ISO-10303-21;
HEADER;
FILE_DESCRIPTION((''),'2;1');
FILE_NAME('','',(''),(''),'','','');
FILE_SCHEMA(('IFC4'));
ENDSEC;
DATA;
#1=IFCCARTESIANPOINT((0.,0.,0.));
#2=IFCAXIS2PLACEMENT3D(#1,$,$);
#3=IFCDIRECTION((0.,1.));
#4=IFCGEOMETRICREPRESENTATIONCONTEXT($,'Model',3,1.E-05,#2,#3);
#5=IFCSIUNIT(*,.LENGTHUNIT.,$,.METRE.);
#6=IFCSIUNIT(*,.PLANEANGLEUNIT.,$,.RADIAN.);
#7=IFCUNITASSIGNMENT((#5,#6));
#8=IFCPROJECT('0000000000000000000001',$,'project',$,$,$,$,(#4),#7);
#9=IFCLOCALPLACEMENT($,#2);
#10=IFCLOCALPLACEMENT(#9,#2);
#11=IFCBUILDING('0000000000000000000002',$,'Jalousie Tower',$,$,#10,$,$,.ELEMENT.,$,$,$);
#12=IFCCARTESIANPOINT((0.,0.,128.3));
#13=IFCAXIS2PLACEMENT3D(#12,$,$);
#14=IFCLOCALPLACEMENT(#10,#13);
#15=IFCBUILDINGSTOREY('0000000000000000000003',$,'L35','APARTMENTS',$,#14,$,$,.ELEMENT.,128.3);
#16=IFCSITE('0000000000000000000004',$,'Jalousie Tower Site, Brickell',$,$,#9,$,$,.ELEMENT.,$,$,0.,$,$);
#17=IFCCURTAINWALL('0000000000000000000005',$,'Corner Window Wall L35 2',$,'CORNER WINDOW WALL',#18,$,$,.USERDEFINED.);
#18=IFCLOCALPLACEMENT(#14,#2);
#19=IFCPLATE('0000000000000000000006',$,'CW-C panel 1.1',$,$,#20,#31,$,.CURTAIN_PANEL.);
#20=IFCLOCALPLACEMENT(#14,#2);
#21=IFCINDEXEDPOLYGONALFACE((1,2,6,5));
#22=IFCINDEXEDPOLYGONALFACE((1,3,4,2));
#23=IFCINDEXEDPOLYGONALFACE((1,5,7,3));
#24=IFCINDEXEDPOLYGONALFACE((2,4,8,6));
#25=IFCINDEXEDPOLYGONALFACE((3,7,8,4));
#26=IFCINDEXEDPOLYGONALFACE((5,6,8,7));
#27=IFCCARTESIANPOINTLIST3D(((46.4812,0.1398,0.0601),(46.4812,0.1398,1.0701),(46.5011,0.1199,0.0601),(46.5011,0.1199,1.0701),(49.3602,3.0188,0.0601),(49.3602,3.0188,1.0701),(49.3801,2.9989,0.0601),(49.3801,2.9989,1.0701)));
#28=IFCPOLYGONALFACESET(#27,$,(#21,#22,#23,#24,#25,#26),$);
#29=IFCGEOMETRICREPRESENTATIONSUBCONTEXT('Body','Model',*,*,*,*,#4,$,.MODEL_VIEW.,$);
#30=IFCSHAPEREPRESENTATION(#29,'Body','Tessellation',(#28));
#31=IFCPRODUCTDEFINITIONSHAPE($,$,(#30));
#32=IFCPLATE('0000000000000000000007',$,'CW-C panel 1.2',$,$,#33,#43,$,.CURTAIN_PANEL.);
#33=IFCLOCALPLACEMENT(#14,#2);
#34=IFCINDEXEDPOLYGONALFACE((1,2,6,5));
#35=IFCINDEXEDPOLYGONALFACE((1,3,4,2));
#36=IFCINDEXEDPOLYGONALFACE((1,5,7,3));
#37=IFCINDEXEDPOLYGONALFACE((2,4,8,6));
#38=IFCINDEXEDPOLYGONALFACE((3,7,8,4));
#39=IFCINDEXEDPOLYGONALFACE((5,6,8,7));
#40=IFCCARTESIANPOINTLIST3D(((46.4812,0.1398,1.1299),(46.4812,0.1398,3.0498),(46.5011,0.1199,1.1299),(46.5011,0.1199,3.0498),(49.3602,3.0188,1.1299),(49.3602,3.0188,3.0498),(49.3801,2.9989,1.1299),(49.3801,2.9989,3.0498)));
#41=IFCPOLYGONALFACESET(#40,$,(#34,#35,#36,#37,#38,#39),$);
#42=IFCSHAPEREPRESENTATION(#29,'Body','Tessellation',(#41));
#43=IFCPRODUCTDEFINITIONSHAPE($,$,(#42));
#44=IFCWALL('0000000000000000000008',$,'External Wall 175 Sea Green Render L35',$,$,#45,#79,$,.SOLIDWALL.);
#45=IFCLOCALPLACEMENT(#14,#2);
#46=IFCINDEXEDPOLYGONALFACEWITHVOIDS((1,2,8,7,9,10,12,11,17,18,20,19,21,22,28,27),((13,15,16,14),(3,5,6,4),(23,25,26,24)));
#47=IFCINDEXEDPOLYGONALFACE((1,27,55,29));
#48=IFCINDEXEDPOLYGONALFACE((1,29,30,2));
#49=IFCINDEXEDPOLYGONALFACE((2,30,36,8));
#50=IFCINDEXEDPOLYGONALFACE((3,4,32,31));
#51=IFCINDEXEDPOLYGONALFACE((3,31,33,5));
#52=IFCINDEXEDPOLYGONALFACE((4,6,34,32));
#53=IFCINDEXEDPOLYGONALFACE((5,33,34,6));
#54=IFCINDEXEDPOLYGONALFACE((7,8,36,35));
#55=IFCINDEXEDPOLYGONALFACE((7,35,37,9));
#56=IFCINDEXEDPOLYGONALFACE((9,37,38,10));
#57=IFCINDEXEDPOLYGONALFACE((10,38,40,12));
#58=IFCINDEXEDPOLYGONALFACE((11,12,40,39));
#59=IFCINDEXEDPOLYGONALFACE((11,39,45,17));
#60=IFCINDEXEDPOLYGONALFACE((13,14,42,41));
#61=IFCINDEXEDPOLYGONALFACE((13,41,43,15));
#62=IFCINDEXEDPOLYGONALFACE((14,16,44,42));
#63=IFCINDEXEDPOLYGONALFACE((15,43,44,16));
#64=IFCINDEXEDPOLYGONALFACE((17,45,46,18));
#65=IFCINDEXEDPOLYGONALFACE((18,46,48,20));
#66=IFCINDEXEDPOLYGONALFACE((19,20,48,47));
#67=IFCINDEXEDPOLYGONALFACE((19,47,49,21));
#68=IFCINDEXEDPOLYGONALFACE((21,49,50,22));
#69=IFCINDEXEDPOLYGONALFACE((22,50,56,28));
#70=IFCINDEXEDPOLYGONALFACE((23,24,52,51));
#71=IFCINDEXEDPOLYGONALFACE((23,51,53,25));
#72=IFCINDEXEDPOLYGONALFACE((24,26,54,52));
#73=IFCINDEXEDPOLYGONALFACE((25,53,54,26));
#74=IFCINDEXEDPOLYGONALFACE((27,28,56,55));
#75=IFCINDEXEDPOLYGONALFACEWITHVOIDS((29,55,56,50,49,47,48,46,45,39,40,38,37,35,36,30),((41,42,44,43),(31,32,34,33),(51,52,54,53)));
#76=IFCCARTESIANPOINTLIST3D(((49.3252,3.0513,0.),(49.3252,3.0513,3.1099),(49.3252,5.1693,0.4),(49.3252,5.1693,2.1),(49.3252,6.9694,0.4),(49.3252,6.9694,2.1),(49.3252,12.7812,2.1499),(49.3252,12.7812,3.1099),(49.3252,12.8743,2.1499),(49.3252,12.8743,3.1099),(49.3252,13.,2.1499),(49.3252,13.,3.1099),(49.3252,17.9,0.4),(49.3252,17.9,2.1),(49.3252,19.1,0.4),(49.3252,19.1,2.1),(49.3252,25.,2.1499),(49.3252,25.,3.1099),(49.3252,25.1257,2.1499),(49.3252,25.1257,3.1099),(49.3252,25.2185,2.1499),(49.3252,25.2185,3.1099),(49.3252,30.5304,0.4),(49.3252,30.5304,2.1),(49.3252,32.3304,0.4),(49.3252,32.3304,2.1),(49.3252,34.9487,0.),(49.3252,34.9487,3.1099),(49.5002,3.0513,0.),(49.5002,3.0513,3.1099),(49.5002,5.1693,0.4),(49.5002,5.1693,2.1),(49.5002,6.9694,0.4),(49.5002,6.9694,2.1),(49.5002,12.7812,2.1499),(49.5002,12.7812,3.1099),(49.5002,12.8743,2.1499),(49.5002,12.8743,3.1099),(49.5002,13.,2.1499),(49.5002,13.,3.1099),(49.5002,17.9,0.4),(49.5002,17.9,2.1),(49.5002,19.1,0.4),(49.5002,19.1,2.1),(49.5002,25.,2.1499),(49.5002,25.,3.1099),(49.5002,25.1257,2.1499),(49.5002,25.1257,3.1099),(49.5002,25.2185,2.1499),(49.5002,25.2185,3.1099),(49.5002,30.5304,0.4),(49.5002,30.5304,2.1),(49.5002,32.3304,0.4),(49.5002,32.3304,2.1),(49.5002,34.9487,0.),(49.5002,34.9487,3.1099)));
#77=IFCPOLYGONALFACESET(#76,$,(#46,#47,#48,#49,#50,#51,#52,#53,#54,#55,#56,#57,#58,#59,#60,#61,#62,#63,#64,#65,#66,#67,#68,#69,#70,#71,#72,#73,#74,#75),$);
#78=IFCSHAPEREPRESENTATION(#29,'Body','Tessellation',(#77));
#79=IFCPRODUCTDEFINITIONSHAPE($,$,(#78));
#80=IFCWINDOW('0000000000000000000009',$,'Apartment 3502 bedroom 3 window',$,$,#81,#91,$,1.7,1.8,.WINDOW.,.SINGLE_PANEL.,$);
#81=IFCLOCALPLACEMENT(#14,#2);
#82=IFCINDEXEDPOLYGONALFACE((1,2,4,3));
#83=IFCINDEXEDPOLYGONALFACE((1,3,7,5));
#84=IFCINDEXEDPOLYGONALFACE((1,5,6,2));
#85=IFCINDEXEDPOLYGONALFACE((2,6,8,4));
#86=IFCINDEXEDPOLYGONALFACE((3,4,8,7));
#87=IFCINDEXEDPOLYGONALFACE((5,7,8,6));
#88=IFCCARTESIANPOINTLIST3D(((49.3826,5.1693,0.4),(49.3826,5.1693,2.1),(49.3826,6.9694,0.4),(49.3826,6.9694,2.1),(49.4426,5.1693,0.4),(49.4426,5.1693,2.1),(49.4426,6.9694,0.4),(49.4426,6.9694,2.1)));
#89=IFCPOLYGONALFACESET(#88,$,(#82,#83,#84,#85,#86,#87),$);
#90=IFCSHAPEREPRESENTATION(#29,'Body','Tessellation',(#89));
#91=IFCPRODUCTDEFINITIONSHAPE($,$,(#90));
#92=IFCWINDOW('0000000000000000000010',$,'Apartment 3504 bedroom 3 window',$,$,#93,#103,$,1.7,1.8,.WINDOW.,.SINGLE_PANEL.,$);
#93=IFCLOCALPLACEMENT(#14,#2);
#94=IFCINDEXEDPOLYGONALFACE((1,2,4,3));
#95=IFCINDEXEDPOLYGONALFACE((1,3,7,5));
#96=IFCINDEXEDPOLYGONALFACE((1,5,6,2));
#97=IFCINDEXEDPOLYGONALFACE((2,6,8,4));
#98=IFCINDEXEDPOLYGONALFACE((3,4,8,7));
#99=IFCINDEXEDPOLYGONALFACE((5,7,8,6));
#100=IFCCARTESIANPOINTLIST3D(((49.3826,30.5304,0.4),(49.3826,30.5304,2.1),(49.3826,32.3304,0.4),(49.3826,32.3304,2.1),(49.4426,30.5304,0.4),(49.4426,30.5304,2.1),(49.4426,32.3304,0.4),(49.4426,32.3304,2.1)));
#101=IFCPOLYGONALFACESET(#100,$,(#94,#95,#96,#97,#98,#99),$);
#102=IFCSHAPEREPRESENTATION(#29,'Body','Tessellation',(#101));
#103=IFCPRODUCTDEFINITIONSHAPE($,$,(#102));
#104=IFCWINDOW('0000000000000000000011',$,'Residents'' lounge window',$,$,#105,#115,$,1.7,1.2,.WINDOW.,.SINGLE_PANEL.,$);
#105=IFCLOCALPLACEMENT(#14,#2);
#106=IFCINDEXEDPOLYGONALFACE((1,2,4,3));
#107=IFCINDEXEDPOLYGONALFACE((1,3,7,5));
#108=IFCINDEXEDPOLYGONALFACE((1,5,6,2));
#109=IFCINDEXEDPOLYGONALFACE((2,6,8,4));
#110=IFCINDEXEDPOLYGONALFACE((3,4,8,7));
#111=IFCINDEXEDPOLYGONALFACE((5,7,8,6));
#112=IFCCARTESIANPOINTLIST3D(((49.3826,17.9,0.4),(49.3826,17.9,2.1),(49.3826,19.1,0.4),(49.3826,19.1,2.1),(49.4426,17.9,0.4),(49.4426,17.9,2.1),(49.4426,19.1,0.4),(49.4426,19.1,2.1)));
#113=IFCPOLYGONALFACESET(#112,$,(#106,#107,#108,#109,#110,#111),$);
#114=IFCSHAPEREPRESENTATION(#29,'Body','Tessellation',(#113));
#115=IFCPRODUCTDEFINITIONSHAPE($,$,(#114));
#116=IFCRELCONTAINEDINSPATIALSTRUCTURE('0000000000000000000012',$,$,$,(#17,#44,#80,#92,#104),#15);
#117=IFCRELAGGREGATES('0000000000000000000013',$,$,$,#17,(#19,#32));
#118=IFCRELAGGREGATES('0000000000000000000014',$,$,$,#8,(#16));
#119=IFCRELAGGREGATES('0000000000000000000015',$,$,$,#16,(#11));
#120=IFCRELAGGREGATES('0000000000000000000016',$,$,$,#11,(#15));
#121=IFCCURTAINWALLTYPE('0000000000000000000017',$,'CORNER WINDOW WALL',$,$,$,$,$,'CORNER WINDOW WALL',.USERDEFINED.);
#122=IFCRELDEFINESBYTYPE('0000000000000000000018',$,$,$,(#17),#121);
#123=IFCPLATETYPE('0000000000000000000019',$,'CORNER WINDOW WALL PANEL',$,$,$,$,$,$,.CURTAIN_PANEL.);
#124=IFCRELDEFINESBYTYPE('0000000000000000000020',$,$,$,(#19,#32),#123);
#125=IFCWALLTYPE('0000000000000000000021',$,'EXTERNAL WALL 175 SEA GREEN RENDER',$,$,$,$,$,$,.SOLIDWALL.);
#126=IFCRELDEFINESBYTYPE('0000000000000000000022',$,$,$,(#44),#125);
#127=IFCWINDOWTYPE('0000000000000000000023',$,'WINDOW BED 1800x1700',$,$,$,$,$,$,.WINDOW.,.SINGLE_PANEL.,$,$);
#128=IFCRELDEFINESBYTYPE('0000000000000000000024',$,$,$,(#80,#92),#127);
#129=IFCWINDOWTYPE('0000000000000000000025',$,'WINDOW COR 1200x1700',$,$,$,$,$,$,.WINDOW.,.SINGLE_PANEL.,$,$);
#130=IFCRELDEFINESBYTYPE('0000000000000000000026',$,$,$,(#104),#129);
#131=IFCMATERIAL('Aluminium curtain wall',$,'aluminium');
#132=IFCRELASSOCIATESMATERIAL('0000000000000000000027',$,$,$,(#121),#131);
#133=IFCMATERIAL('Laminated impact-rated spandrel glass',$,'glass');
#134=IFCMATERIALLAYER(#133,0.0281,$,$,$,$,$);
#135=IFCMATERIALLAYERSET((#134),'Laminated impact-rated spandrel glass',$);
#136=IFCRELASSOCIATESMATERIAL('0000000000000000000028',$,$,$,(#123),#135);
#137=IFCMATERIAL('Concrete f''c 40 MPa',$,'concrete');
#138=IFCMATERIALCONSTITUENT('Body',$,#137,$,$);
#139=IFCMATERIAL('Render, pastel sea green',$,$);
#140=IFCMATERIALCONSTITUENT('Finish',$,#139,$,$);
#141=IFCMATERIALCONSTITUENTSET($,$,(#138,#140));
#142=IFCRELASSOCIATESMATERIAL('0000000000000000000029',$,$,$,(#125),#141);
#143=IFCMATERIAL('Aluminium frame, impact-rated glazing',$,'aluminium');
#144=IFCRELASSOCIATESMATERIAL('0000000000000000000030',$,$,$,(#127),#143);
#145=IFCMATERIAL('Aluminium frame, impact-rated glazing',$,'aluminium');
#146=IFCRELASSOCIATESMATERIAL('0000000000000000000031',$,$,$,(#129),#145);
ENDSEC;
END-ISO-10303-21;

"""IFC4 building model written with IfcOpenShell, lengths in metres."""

from ifc_helpers import new_model, si_unit, direction, frame, frame_2d, origin, origin_2d, place, context, subcontext, project, spatial, polyline, rectangle, outline, extrude, material, layer, layer_set, constituent, constituent_set, type_object, element, fill, aggregate, save


model = new_model("IFC4")

# Units and contexts
model_context = context("Model", 3, precision=1e-05, world=origin(), true_north=direction((0.0, 1.0)))
body_context = subcontext(model_context, "Body", "Model", "MODEL_VIEW")
ifc_project = project(units=[si_unit("LENGTHUNIT", "METRE"), si_unit("PLANEANGLEUNIT", "RADIAN")], contexts=[model_context])

# Site, building, storey
site_placement = place(None, origin())
site = spatial("IfcSite", under=ifc_project, at=site_placement, Name="Jalousie Tower Site, Brickell", CompositionType="ELEMENT", RefElevation=0.0)
building_placement = place(site_placement, origin())
building = spatial("IfcBuilding", under=site, at=building_placement, Name="Jalousie Tower", CompositionType="ELEMENT")
storey_placement = place(building_placement, frame((0.0, 0.0, 128.3)))
storey = spatial("IfcBuildingStorey", under=building, at=storey_placement, Name="L35", Description="APARTMENTS", CompositionType="ELEMENT", Elevation=128.3)

# Curtain wall
ifc_material_1 = material(Name="Aluminium curtain wall", Category="aluminium")
curtain_wall_type_1 = type_object("IfcCurtainWallType", Name="CORNER WINDOW WALL", ElementType="CORNER WINDOW WALL", PredefinedType="USERDEFINED", material=ifc_material_1)
curtain_wall_1_placement = place(storey_placement, origin())
curtain_wall_1 = element("IfcCurtainWall", 1, at=curtain_wall_1_placement, inside=storey, type_object=curtain_wall_type_1, Name="Corner Window Wall L35 2", ObjectType="CORNER WINDOW WALL", PredefinedType="USERDEFINED")

# Plates
ifc_material_2 = material(Name="Laminated impact-rated spandrel glass", Category="glass")
ifc_layer = layer(ifc_material_2, 0.0281)
ifc_layer_set = layer_set([ifc_layer], Name="Laminated impact-rated spandrel glass")
plate_type = type_object("IfcPlateType", Name="CORNER WINDOW WALL PANEL", PredefinedType="CURTAIN_PANEL", material=ifc_layer_set)
plate_1_placement = place(storey_placement, frame((47.9307, 1.5693, 0.0601), z_axis=(0.0, 0.0, 1.0), x_axis=(0.707107, 0.707107, 0.0)))
plate_1 = element("IfcPlate", 2, at=plate_1_placement, type_object=plate_type, Name="CW-C panel 1.1", PredefinedType="CURTAIN_PANEL", context=body_context, shape_type="SweptSolid", body=[
    extrude(rectangle(XDim=4.0715, YDim=0.0281, at=origin_2d()), origin(), (0.0, 0.0, 1.0), 1.01),
])
plate_2_placement = place(storey_placement, frame((47.9307, 1.5693, 1.1299), z_axis=(0.0, 0.0, 1.0), x_axis=(0.707107, 0.707107, 0.0)))
plate_2 = element("IfcPlate", 3, at=plate_2_placement, type_object=plate_type, Name="CW-C panel 1.2", PredefinedType="CURTAIN_PANEL", context=body_context, shape_type="SweptSolid", body=[
    extrude(rectangle(XDim=4.0715, YDim=0.0281, at=origin_2d()), origin(), (0.0, 0.0, 1.0), 1.9199),
])
aggregate(curtain_wall_1, [plate_1, plate_2])

# Wall, openings, windows
ifc_material_3 = material(Name="Concrete f'c 40 MPa", Category="concrete")
ifc_constituent_1 = constituent(ifc_material_3, Name="Body")
ifc_material_4 = material(Name="Render, pastel sea green")
ifc_constituent_2 = constituent(ifc_material_4, Name="Finish")
ifc_constituent_set = constituent_set(constituents=[ifc_constituent_1, ifc_constituent_2])
wall_type = type_object("IfcWallType", Name="EXTERNAL WALL 175 SEA GREEN RENDER", PredefinedType="SOLIDWALL", material=ifc_constituent_set)
wall_placement = place(storey_placement, frame((49.4126, 3.0513, 0.0), z_axis=(0.0, 0.0, 1.0), x_axis=(0.0, 1.0, 0.0)))
wall = element("IfcWall", 4, at=wall_placement, inside=storey, type_object=wall_type, Name="External Wall 175 Sea Green Render L35", PredefinedType="SOLIDWALL", context=body_context, shape_type="SweptSolid", body=[
    extrude(outline(polyline([(0.0, 0.0), (31.8975, 0.0), (31.8975, 3.1099), (22.1672, 3.1099), (22.1672, 2.1499), (22.0745, 2.1499), (22.0745, 3.1099), (21.9487, 3.1099), (21.9487, 2.1499), (9.9487, 2.1499), (9.9487, 3.1099), (9.823, 3.1099), (9.823, 2.1499), (9.73, 2.1499), (9.73, 3.1099), (0.0, 3.1099), (0.0, 0.0)])), frame((0.0, 0.0874, 0.0), z_axis=(0.0, -1.0, 0.0), x_axis=(1.0, 0.0, 0.0)), (0.0, 0.0, 1.0), 0.175),
])
opening_1_placement = place(wall_placement, frame((2.1182, 0.0, 0.3999)))
opening_1 = element("IfcOpeningElement", 5, at=opening_1_placement, cuts=wall, PredefinedType="OPENING", context=body_context, shape_type="SweptSolid", body=[
    extrude(rectangle(XDim=1.8, YDim=1.7, at=frame_2d((0.8999, 0.8501))), frame((0.0, 0.0974, 0.0), z_axis=(0.0, -1.0, 0.0), x_axis=(1.0, 0.0, 0.0)), (0.0, 0.0, 1.0), 0.1951),
])
opening_2_placement = place(wall_placement, frame((14.8486, 0.0, 0.3999)))
opening_2 = element("IfcOpeningElement", 6, at=opening_2_placement, cuts=wall, PredefinedType="OPENING", context=body_context, shape_type="SweptSolid", body=[
    extrude(rectangle(XDim=1.2, YDim=1.7, at=frame_2d((0.6001, 0.8501))), frame((0.0, 0.0974, 0.0), z_axis=(0.0, -1.0, 0.0), x_axis=(1.0, 0.0, 0.0)), (0.0, 0.0, 1.0), 0.1951),
])
opening_3_placement = place(wall_placement, frame((27.4792, 0.0, 0.3999)))
opening_3 = element("IfcOpeningElement", 7, at=opening_3_placement, cuts=wall, PredefinedType="OPENING", context=body_context, shape_type="SweptSolid", body=[
    extrude(rectangle(XDim=1.8, YDim=1.7, at=frame_2d((0.8999, 0.8501))), frame((0.0, 0.0974, 0.0), z_axis=(0.0, -1.0, 0.0), x_axis=(1.0, 0.0, 0.0)), (0.0, 0.0, 1.0), 0.1951),
])
ifc_material_5 = material(Name="Aluminium frame, impact-rated glazing", Category="aluminium")
window_type_1 = type_object("IfcWindowType", Name="WINDOW BED 1800x1700", PartitioningType="SINGLE_PANEL", PredefinedType="WINDOW", material=ifc_material_5)
window_1_placement = place(opening_1_placement, origin())
window_1 = element("IfcWindow", 8, at=window_1_placement, inside=storey, type_object=window_type_1, Name="Apartment 3502 bedroom 3 window", OverallHeight=1.7, OverallWidth=1.8, PartitioningType="SINGLE_PANEL", PredefinedType="WINDOW", context=body_context, shape_type="SweptSolid", body=[
    extrude(rectangle(XDim=1.8, YDim=1.7, at=frame_2d((0.8999, 0.8501))), frame((0.0, 0.03, 0.0), z_axis=(0.0, -1.0, 0.0), x_axis=(1.0, 0.0, 0.0)), (0.0, 0.0, 1.0), 0.0601),
])
fill(opening_1, window_1)
window_2_placement = place(opening_3_placement, origin())
window_2 = element("IfcWindow", 9, at=window_2_placement, inside=storey, type_object=window_type_1, Name="Apartment 3504 bedroom 3 window", OverallHeight=1.7, OverallWidth=1.8, PartitioningType="SINGLE_PANEL", PredefinedType="WINDOW", context=body_context, shape_type="SweptSolid", body=[
    extrude(rectangle(XDim=1.8, YDim=1.7, at=frame_2d((0.8999, 0.8501))), frame((0.0, 0.03, 0.0), z_axis=(0.0, -1.0, 0.0), x_axis=(1.0, 0.0, 0.0)), (0.0, 0.0, 1.0), 0.0601),
])
fill(opening_3, window_2)
ifc_material_6 = material(Name="Aluminium frame, impact-rated glazing", Category="aluminium")
window_type_2 = type_object("IfcWindowType", Name="WINDOW COR 1200x1700", PartitioningType="SINGLE_PANEL", PredefinedType="WINDOW", material=ifc_material_6)
window_3_placement = place(opening_2_placement, origin())
window_3 = element("IfcWindow", 10, at=window_3_placement, inside=storey, type_object=window_type_2, Name="Residents' lounge window", OverallHeight=1.7, OverallWidth=1.2, PartitioningType="SINGLE_PANEL", PredefinedType="WINDOW", context=body_context, shape_type="SweptSolid", body=[
    extrude(rectangle(XDim=1.2, YDim=1.7, at=frame_2d((0.6001, 0.8501))), frame((0.0, 0.03, 0.0), z_axis=(0.0, -1.0, 0.0), x_axis=(1.0, 0.0, 0.0)), (0.0, 0.0, 1.0), 0.0601),
])
fill(opening_2, window_3)

save(model, "model.ifc")
